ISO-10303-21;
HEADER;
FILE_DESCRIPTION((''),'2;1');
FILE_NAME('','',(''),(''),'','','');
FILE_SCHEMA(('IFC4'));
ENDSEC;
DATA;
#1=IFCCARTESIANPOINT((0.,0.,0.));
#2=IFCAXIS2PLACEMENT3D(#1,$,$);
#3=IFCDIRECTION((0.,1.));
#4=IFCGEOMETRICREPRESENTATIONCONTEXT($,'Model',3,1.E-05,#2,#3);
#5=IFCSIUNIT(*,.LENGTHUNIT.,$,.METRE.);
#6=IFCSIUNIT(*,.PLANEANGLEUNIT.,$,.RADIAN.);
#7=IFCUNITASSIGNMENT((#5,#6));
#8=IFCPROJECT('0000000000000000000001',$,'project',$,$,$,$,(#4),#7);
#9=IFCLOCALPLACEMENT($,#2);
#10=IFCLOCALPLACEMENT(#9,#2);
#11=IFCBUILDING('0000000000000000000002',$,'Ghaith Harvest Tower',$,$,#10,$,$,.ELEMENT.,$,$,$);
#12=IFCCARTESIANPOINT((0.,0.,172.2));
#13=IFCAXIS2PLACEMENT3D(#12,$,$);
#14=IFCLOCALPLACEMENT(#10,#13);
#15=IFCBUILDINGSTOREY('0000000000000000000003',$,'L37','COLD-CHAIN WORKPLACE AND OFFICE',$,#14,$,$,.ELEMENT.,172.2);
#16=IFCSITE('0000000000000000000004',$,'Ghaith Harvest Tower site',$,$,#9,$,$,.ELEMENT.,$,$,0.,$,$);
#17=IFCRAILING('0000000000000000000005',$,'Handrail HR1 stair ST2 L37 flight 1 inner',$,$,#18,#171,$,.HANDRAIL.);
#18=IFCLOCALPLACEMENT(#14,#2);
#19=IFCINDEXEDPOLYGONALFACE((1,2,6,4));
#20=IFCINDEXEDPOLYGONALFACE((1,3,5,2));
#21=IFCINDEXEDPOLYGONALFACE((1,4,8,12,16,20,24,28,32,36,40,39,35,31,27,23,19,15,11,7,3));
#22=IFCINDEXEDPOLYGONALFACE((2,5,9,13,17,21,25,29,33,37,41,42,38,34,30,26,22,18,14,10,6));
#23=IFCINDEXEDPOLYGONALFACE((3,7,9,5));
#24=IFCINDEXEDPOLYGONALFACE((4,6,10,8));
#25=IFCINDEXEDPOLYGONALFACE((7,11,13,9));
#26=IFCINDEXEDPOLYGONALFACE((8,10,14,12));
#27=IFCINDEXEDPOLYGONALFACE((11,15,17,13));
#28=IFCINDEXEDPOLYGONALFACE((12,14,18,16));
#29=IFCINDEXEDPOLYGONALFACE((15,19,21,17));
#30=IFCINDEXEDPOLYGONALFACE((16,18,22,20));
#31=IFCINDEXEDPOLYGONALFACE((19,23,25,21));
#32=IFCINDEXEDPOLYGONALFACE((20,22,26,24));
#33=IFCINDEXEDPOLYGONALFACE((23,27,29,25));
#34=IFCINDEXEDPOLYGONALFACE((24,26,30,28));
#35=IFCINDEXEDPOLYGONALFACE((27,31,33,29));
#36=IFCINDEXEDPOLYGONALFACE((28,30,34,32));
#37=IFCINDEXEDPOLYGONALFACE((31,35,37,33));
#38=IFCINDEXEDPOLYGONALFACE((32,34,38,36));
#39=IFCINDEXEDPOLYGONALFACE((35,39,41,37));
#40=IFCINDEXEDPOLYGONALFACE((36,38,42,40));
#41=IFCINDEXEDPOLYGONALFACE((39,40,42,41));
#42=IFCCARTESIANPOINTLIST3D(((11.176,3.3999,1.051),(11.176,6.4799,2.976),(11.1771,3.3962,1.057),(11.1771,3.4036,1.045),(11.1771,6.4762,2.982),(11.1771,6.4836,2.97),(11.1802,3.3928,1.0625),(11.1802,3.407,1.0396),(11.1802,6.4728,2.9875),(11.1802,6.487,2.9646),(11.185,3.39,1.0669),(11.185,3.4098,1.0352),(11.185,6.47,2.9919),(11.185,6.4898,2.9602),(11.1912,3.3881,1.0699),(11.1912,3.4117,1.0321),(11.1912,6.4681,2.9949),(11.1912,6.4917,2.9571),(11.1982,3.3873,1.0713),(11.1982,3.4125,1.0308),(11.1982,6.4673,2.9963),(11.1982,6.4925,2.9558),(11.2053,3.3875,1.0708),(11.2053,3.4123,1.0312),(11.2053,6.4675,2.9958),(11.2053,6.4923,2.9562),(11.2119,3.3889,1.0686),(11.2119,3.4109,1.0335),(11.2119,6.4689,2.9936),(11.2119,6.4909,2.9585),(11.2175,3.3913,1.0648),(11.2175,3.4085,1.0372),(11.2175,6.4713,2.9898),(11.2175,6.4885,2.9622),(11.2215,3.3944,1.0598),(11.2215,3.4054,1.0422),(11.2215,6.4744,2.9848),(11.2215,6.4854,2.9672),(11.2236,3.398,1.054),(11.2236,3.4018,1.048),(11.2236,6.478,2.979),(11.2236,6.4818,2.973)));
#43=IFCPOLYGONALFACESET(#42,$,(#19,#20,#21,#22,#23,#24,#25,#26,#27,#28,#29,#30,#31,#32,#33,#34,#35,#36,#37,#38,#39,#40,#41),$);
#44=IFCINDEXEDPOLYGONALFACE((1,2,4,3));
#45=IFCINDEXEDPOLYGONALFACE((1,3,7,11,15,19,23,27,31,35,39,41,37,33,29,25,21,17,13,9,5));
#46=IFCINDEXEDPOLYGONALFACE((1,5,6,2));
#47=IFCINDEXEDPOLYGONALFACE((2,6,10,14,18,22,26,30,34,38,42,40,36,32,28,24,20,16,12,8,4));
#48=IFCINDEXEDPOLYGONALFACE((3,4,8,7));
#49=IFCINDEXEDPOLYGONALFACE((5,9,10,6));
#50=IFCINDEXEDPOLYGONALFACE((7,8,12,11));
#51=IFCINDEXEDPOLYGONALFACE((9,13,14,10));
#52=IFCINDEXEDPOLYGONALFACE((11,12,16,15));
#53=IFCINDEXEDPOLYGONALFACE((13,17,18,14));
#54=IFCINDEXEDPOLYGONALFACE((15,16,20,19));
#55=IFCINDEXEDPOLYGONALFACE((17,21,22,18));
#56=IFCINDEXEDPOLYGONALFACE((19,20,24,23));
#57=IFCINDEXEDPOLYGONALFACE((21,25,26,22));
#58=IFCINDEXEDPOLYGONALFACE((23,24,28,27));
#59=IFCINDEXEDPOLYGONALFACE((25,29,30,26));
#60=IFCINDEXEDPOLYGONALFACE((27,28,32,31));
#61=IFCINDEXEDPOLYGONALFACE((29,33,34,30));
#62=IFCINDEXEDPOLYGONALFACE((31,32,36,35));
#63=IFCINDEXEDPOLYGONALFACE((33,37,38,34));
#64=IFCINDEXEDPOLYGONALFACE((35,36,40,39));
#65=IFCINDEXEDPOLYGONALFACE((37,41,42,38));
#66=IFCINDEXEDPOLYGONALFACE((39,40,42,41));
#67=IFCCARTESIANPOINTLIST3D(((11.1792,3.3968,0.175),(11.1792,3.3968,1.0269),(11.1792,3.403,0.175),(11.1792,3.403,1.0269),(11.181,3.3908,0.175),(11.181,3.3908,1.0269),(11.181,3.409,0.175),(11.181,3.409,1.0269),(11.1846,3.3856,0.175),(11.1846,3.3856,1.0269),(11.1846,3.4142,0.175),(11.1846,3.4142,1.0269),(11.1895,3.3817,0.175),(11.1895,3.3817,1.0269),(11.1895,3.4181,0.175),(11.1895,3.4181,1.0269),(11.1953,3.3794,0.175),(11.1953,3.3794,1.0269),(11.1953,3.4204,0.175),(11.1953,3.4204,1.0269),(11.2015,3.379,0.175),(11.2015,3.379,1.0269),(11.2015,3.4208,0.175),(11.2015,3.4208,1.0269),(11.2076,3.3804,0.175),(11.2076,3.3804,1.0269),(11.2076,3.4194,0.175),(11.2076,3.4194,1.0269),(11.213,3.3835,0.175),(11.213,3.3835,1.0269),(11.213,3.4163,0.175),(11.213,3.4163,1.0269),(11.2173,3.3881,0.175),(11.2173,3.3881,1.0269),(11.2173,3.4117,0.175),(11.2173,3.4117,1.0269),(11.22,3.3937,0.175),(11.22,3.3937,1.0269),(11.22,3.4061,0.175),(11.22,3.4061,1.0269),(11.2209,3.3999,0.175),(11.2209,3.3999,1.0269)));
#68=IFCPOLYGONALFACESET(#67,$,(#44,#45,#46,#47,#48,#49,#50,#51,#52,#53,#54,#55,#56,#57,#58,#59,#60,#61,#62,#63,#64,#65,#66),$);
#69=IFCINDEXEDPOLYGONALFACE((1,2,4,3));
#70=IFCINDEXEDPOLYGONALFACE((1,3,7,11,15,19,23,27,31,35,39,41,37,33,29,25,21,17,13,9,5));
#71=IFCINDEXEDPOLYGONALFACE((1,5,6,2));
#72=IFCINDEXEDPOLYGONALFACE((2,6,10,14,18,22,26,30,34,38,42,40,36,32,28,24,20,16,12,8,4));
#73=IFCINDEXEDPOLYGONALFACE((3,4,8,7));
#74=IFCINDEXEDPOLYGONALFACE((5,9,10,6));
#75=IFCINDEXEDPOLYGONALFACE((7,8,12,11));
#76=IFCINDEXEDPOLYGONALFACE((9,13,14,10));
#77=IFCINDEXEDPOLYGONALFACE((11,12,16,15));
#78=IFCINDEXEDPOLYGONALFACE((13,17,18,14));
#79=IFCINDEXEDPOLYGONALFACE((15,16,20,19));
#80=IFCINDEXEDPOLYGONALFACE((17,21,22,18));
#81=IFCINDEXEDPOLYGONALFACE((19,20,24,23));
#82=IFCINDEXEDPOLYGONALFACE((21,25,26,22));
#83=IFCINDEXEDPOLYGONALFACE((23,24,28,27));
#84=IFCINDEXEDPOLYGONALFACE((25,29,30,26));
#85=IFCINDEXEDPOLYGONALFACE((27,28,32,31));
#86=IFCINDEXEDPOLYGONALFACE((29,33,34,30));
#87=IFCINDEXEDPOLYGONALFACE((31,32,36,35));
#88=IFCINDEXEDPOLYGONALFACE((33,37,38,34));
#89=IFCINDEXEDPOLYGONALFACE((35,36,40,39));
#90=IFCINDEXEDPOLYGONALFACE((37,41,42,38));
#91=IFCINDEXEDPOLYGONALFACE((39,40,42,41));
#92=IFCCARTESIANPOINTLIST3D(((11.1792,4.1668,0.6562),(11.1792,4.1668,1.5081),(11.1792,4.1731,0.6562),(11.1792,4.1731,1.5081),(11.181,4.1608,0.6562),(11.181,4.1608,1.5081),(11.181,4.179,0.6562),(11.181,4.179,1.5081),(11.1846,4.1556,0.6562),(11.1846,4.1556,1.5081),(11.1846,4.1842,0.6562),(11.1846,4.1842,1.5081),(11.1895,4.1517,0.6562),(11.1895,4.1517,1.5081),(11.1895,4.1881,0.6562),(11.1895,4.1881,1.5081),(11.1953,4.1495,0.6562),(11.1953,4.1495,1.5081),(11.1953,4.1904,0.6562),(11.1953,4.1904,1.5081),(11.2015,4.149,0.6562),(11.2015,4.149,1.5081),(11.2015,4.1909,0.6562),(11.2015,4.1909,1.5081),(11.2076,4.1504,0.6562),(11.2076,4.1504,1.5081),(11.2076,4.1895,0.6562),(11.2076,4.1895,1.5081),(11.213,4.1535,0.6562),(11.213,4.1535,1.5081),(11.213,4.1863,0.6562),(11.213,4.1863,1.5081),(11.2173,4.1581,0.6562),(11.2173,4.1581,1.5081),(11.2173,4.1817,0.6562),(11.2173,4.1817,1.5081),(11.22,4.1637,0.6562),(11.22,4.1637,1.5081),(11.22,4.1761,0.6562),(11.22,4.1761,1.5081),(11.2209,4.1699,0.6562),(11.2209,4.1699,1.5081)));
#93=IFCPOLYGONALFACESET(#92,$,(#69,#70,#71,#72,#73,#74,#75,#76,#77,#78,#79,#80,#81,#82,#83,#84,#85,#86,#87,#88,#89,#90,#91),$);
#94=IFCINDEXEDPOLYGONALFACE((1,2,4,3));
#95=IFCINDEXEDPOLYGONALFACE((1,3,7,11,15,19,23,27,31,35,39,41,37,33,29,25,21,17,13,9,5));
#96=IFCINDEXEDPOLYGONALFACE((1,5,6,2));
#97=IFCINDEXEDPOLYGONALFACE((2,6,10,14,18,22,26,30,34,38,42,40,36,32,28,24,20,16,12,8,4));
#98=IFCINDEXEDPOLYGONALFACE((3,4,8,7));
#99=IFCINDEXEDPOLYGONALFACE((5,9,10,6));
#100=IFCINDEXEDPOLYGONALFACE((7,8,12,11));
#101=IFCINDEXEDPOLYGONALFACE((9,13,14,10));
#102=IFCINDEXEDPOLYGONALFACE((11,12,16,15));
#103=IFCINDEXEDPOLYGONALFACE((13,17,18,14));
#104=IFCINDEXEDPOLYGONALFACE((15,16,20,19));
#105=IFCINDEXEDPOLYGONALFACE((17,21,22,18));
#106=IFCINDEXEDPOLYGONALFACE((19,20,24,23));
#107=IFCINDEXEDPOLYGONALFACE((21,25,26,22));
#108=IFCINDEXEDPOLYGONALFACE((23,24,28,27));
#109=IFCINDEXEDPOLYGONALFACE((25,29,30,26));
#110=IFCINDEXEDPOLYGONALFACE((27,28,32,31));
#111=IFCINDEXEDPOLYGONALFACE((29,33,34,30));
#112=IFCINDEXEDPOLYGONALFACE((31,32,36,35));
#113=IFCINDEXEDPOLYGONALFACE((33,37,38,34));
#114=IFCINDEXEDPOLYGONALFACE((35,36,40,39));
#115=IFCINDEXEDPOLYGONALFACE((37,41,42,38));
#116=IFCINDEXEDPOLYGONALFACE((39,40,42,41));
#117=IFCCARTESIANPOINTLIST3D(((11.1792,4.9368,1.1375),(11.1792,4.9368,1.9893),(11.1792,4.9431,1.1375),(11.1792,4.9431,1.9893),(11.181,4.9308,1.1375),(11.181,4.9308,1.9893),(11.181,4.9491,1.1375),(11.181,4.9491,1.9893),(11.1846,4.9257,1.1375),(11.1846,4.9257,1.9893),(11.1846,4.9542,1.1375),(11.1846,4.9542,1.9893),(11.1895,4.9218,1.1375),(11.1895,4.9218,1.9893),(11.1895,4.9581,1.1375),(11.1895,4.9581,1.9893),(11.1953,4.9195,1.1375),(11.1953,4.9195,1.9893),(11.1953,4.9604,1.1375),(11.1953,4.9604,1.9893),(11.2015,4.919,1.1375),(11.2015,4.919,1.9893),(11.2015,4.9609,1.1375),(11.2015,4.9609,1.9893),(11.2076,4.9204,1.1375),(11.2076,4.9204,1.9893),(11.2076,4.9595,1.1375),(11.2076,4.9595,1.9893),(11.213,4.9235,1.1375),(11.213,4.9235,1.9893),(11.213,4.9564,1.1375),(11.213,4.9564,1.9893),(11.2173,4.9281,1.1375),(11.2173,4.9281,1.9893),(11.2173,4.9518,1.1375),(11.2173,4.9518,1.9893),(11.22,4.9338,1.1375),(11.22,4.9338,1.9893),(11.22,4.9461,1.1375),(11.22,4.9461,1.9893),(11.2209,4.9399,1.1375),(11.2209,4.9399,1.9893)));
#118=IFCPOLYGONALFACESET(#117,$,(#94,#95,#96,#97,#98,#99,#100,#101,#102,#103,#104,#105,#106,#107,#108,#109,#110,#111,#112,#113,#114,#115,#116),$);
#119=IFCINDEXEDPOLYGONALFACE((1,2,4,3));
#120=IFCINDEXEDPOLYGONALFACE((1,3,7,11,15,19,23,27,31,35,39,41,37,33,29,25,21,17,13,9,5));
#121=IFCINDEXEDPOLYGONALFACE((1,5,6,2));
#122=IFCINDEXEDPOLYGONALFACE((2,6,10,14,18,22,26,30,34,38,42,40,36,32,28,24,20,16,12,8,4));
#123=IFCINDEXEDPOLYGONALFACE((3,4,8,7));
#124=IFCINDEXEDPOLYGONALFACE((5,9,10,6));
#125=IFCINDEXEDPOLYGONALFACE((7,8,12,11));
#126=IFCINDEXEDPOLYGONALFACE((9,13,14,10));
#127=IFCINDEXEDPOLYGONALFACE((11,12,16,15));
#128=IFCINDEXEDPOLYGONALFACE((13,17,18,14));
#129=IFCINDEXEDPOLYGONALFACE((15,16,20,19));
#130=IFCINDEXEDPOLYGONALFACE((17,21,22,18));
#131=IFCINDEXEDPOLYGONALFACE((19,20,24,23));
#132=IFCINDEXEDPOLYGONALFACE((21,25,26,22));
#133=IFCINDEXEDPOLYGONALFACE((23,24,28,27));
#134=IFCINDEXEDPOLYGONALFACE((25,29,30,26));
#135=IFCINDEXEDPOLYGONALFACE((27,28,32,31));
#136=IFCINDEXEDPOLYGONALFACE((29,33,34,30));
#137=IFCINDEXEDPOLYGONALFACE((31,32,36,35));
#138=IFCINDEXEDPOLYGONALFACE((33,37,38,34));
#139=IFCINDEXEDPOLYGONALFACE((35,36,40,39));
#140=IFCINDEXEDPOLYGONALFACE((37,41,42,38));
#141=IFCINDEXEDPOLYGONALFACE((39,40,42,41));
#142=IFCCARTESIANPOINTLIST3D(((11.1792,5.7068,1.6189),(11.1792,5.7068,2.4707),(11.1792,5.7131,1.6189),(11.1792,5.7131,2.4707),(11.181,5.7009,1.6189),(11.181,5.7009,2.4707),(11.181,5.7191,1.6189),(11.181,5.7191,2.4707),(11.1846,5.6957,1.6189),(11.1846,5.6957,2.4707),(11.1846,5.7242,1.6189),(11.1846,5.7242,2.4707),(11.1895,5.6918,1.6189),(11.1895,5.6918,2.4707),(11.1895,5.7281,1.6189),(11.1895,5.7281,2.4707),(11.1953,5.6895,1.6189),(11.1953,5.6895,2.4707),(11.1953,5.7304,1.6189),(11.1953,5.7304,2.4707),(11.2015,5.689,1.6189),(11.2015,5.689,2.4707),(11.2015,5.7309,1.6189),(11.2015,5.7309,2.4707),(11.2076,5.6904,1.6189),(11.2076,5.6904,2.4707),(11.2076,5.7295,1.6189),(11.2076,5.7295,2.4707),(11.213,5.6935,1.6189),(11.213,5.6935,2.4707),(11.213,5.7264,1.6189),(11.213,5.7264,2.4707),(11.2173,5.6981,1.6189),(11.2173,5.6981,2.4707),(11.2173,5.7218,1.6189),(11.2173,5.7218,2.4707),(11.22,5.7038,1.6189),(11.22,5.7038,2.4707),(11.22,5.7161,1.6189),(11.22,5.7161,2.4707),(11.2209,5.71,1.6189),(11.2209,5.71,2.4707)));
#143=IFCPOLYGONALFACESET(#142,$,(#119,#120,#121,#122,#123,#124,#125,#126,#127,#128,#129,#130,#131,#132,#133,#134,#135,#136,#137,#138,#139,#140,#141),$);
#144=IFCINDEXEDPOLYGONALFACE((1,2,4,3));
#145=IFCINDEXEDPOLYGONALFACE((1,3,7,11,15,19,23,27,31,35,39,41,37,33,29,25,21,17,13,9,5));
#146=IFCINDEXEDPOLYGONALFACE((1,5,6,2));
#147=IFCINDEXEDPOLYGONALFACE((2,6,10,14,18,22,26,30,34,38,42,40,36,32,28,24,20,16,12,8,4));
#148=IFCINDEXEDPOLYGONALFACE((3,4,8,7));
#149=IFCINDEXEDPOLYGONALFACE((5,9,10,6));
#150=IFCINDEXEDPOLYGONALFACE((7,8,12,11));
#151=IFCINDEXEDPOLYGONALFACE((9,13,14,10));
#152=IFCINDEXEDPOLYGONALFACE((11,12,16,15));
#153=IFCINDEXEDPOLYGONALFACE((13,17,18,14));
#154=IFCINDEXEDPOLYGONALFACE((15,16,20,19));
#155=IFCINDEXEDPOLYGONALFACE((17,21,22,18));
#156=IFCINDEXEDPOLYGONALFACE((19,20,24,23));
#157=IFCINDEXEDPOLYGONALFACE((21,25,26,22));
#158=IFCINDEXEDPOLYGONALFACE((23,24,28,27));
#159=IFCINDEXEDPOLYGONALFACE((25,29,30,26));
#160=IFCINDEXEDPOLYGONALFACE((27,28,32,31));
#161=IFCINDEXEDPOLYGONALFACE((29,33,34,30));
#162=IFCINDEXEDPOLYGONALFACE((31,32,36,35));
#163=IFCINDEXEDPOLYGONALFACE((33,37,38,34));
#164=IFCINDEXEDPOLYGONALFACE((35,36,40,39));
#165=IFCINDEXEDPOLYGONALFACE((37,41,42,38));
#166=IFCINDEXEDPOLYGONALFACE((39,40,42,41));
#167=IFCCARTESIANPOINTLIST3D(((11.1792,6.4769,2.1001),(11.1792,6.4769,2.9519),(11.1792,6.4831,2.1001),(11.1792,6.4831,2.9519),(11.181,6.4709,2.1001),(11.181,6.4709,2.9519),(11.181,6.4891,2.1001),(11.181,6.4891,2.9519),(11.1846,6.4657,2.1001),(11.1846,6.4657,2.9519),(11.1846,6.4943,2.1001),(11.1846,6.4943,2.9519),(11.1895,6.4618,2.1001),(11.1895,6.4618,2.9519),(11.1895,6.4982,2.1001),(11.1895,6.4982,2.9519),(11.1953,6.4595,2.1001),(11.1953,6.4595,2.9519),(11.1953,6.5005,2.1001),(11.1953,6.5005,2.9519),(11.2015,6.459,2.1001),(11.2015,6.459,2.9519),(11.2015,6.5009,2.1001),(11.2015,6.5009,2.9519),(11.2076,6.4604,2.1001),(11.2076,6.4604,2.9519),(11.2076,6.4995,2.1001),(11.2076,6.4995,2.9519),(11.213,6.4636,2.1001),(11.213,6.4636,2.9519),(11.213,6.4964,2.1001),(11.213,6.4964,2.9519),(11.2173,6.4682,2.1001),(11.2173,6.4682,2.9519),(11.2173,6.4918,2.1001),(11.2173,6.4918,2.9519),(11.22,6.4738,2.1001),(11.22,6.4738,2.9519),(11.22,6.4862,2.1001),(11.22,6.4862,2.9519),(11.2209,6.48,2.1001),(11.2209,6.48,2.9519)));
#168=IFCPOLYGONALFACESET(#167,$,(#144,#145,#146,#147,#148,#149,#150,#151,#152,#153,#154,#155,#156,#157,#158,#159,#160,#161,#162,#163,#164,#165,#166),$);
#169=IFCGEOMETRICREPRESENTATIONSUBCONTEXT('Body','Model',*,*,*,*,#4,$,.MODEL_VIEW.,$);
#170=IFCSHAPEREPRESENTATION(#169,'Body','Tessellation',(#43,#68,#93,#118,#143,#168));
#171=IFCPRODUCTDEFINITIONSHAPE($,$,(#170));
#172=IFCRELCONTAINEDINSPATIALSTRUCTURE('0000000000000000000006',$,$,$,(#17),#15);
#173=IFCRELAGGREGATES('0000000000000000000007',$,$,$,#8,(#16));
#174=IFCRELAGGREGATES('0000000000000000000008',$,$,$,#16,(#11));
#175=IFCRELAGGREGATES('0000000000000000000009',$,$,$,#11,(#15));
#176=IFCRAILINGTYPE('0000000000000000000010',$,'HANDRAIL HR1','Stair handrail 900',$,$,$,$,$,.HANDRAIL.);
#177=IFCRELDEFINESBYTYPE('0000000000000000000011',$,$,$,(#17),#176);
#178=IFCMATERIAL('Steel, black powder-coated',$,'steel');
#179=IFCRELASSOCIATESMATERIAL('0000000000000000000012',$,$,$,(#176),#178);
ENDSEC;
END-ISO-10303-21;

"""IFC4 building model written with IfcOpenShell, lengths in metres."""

from ifc_helpers import new_model, si_unit, direction, frame, origin, origin_2d, place, context, subcontext, project, spatial, circle, extrude, material, type_object, element, save


model = new_model("IFC4")

# Units and contexts
model_context = context("Model", 3, precision=1e-05, world=origin(), true_north=direction((0.0, 1.0)))
body_context = subcontext(model_context, "Body", "Model", "MODEL_VIEW")
ifc_project = project(units=[si_unit("LENGTHUNIT", "METRE"), si_unit("PLANEANGLEUNIT", "RADIAN")], contexts=[model_context])

# Site, building, storey
site_placement = place(None, origin())
site = spatial("IfcSite", under=ifc_project, at=site_placement, Name="Ghaith Harvest Tower site", CompositionType="ELEMENT", RefElevation=0.0)
building_placement = place(site_placement, origin())
building = spatial("IfcBuilding", under=site, at=building_placement, Name="Ghaith Harvest Tower", CompositionType="ELEMENT")
storey_placement = place(building_placement, frame((0.0, 0.0, 172.2)))
storey = spatial("IfcBuildingStorey", under=building, at=storey_placement, Name="L37", Description="COLD-CHAIN WORKPLACE AND OFFICE", CompositionType="ELEMENT", Elevation=172.2)

# Railing
ifc_material_1 = material(Name="Steel, black powder-coated", Category="steel")
railing_type = type_object("IfcRailingType", Name="HANDRAIL HR1", Description="Stair handrail 900", PredefinedType="HANDRAIL", material=ifc_material_1)
railing_1_placement = place(storey_placement, frame((11.2, 3.3999, 0.175)))
element("IfcRailing", 1, at=railing_1_placement, inside=storey, type_object=railing_type, Name="Handrail HR1 stair ST2 L37 flight 1 inner", PredefinedType="HANDRAIL", context=body_context, shape_type="SweptSolid", body=[
    extrude(circle(Radius=0.0239, at=origin_2d()), frame((0.0, 0.0, 0.876), z_axis=(0.0, 0.847998, 0.529999), x_axis=(-1.0, 0.0, 0.0)), (0.0, 0.0, 1.0), 3.6321),
    extrude(circle(Radius=0.021, at=origin_2d()), origin(), (0.0, 0.0, 1.0), 0.8518),
    extrude(circle(Radius=0.021, at=origin_2d()), frame((0.0, 0.77, 0.4812)), (0.0, 0.0, 1.0), 0.8518),
    extrude(circle(Radius=0.021, at=origin_2d()), frame((0.0, 1.54, 0.9624)), (0.0, 0.0, 1.0), 0.8518),
    extrude(circle(Radius=0.021, at=origin_2d()), frame((0.0, 2.3101, 1.4438)), (0.0, 0.0, 1.0), 0.8518),
    extrude(circle(Radius=0.021, at=origin_2d()), frame((0.0, 3.0801, 1.925)), (0.0, 0.0, 1.0), 0.8518),
])

save(model, "model.ifc")
